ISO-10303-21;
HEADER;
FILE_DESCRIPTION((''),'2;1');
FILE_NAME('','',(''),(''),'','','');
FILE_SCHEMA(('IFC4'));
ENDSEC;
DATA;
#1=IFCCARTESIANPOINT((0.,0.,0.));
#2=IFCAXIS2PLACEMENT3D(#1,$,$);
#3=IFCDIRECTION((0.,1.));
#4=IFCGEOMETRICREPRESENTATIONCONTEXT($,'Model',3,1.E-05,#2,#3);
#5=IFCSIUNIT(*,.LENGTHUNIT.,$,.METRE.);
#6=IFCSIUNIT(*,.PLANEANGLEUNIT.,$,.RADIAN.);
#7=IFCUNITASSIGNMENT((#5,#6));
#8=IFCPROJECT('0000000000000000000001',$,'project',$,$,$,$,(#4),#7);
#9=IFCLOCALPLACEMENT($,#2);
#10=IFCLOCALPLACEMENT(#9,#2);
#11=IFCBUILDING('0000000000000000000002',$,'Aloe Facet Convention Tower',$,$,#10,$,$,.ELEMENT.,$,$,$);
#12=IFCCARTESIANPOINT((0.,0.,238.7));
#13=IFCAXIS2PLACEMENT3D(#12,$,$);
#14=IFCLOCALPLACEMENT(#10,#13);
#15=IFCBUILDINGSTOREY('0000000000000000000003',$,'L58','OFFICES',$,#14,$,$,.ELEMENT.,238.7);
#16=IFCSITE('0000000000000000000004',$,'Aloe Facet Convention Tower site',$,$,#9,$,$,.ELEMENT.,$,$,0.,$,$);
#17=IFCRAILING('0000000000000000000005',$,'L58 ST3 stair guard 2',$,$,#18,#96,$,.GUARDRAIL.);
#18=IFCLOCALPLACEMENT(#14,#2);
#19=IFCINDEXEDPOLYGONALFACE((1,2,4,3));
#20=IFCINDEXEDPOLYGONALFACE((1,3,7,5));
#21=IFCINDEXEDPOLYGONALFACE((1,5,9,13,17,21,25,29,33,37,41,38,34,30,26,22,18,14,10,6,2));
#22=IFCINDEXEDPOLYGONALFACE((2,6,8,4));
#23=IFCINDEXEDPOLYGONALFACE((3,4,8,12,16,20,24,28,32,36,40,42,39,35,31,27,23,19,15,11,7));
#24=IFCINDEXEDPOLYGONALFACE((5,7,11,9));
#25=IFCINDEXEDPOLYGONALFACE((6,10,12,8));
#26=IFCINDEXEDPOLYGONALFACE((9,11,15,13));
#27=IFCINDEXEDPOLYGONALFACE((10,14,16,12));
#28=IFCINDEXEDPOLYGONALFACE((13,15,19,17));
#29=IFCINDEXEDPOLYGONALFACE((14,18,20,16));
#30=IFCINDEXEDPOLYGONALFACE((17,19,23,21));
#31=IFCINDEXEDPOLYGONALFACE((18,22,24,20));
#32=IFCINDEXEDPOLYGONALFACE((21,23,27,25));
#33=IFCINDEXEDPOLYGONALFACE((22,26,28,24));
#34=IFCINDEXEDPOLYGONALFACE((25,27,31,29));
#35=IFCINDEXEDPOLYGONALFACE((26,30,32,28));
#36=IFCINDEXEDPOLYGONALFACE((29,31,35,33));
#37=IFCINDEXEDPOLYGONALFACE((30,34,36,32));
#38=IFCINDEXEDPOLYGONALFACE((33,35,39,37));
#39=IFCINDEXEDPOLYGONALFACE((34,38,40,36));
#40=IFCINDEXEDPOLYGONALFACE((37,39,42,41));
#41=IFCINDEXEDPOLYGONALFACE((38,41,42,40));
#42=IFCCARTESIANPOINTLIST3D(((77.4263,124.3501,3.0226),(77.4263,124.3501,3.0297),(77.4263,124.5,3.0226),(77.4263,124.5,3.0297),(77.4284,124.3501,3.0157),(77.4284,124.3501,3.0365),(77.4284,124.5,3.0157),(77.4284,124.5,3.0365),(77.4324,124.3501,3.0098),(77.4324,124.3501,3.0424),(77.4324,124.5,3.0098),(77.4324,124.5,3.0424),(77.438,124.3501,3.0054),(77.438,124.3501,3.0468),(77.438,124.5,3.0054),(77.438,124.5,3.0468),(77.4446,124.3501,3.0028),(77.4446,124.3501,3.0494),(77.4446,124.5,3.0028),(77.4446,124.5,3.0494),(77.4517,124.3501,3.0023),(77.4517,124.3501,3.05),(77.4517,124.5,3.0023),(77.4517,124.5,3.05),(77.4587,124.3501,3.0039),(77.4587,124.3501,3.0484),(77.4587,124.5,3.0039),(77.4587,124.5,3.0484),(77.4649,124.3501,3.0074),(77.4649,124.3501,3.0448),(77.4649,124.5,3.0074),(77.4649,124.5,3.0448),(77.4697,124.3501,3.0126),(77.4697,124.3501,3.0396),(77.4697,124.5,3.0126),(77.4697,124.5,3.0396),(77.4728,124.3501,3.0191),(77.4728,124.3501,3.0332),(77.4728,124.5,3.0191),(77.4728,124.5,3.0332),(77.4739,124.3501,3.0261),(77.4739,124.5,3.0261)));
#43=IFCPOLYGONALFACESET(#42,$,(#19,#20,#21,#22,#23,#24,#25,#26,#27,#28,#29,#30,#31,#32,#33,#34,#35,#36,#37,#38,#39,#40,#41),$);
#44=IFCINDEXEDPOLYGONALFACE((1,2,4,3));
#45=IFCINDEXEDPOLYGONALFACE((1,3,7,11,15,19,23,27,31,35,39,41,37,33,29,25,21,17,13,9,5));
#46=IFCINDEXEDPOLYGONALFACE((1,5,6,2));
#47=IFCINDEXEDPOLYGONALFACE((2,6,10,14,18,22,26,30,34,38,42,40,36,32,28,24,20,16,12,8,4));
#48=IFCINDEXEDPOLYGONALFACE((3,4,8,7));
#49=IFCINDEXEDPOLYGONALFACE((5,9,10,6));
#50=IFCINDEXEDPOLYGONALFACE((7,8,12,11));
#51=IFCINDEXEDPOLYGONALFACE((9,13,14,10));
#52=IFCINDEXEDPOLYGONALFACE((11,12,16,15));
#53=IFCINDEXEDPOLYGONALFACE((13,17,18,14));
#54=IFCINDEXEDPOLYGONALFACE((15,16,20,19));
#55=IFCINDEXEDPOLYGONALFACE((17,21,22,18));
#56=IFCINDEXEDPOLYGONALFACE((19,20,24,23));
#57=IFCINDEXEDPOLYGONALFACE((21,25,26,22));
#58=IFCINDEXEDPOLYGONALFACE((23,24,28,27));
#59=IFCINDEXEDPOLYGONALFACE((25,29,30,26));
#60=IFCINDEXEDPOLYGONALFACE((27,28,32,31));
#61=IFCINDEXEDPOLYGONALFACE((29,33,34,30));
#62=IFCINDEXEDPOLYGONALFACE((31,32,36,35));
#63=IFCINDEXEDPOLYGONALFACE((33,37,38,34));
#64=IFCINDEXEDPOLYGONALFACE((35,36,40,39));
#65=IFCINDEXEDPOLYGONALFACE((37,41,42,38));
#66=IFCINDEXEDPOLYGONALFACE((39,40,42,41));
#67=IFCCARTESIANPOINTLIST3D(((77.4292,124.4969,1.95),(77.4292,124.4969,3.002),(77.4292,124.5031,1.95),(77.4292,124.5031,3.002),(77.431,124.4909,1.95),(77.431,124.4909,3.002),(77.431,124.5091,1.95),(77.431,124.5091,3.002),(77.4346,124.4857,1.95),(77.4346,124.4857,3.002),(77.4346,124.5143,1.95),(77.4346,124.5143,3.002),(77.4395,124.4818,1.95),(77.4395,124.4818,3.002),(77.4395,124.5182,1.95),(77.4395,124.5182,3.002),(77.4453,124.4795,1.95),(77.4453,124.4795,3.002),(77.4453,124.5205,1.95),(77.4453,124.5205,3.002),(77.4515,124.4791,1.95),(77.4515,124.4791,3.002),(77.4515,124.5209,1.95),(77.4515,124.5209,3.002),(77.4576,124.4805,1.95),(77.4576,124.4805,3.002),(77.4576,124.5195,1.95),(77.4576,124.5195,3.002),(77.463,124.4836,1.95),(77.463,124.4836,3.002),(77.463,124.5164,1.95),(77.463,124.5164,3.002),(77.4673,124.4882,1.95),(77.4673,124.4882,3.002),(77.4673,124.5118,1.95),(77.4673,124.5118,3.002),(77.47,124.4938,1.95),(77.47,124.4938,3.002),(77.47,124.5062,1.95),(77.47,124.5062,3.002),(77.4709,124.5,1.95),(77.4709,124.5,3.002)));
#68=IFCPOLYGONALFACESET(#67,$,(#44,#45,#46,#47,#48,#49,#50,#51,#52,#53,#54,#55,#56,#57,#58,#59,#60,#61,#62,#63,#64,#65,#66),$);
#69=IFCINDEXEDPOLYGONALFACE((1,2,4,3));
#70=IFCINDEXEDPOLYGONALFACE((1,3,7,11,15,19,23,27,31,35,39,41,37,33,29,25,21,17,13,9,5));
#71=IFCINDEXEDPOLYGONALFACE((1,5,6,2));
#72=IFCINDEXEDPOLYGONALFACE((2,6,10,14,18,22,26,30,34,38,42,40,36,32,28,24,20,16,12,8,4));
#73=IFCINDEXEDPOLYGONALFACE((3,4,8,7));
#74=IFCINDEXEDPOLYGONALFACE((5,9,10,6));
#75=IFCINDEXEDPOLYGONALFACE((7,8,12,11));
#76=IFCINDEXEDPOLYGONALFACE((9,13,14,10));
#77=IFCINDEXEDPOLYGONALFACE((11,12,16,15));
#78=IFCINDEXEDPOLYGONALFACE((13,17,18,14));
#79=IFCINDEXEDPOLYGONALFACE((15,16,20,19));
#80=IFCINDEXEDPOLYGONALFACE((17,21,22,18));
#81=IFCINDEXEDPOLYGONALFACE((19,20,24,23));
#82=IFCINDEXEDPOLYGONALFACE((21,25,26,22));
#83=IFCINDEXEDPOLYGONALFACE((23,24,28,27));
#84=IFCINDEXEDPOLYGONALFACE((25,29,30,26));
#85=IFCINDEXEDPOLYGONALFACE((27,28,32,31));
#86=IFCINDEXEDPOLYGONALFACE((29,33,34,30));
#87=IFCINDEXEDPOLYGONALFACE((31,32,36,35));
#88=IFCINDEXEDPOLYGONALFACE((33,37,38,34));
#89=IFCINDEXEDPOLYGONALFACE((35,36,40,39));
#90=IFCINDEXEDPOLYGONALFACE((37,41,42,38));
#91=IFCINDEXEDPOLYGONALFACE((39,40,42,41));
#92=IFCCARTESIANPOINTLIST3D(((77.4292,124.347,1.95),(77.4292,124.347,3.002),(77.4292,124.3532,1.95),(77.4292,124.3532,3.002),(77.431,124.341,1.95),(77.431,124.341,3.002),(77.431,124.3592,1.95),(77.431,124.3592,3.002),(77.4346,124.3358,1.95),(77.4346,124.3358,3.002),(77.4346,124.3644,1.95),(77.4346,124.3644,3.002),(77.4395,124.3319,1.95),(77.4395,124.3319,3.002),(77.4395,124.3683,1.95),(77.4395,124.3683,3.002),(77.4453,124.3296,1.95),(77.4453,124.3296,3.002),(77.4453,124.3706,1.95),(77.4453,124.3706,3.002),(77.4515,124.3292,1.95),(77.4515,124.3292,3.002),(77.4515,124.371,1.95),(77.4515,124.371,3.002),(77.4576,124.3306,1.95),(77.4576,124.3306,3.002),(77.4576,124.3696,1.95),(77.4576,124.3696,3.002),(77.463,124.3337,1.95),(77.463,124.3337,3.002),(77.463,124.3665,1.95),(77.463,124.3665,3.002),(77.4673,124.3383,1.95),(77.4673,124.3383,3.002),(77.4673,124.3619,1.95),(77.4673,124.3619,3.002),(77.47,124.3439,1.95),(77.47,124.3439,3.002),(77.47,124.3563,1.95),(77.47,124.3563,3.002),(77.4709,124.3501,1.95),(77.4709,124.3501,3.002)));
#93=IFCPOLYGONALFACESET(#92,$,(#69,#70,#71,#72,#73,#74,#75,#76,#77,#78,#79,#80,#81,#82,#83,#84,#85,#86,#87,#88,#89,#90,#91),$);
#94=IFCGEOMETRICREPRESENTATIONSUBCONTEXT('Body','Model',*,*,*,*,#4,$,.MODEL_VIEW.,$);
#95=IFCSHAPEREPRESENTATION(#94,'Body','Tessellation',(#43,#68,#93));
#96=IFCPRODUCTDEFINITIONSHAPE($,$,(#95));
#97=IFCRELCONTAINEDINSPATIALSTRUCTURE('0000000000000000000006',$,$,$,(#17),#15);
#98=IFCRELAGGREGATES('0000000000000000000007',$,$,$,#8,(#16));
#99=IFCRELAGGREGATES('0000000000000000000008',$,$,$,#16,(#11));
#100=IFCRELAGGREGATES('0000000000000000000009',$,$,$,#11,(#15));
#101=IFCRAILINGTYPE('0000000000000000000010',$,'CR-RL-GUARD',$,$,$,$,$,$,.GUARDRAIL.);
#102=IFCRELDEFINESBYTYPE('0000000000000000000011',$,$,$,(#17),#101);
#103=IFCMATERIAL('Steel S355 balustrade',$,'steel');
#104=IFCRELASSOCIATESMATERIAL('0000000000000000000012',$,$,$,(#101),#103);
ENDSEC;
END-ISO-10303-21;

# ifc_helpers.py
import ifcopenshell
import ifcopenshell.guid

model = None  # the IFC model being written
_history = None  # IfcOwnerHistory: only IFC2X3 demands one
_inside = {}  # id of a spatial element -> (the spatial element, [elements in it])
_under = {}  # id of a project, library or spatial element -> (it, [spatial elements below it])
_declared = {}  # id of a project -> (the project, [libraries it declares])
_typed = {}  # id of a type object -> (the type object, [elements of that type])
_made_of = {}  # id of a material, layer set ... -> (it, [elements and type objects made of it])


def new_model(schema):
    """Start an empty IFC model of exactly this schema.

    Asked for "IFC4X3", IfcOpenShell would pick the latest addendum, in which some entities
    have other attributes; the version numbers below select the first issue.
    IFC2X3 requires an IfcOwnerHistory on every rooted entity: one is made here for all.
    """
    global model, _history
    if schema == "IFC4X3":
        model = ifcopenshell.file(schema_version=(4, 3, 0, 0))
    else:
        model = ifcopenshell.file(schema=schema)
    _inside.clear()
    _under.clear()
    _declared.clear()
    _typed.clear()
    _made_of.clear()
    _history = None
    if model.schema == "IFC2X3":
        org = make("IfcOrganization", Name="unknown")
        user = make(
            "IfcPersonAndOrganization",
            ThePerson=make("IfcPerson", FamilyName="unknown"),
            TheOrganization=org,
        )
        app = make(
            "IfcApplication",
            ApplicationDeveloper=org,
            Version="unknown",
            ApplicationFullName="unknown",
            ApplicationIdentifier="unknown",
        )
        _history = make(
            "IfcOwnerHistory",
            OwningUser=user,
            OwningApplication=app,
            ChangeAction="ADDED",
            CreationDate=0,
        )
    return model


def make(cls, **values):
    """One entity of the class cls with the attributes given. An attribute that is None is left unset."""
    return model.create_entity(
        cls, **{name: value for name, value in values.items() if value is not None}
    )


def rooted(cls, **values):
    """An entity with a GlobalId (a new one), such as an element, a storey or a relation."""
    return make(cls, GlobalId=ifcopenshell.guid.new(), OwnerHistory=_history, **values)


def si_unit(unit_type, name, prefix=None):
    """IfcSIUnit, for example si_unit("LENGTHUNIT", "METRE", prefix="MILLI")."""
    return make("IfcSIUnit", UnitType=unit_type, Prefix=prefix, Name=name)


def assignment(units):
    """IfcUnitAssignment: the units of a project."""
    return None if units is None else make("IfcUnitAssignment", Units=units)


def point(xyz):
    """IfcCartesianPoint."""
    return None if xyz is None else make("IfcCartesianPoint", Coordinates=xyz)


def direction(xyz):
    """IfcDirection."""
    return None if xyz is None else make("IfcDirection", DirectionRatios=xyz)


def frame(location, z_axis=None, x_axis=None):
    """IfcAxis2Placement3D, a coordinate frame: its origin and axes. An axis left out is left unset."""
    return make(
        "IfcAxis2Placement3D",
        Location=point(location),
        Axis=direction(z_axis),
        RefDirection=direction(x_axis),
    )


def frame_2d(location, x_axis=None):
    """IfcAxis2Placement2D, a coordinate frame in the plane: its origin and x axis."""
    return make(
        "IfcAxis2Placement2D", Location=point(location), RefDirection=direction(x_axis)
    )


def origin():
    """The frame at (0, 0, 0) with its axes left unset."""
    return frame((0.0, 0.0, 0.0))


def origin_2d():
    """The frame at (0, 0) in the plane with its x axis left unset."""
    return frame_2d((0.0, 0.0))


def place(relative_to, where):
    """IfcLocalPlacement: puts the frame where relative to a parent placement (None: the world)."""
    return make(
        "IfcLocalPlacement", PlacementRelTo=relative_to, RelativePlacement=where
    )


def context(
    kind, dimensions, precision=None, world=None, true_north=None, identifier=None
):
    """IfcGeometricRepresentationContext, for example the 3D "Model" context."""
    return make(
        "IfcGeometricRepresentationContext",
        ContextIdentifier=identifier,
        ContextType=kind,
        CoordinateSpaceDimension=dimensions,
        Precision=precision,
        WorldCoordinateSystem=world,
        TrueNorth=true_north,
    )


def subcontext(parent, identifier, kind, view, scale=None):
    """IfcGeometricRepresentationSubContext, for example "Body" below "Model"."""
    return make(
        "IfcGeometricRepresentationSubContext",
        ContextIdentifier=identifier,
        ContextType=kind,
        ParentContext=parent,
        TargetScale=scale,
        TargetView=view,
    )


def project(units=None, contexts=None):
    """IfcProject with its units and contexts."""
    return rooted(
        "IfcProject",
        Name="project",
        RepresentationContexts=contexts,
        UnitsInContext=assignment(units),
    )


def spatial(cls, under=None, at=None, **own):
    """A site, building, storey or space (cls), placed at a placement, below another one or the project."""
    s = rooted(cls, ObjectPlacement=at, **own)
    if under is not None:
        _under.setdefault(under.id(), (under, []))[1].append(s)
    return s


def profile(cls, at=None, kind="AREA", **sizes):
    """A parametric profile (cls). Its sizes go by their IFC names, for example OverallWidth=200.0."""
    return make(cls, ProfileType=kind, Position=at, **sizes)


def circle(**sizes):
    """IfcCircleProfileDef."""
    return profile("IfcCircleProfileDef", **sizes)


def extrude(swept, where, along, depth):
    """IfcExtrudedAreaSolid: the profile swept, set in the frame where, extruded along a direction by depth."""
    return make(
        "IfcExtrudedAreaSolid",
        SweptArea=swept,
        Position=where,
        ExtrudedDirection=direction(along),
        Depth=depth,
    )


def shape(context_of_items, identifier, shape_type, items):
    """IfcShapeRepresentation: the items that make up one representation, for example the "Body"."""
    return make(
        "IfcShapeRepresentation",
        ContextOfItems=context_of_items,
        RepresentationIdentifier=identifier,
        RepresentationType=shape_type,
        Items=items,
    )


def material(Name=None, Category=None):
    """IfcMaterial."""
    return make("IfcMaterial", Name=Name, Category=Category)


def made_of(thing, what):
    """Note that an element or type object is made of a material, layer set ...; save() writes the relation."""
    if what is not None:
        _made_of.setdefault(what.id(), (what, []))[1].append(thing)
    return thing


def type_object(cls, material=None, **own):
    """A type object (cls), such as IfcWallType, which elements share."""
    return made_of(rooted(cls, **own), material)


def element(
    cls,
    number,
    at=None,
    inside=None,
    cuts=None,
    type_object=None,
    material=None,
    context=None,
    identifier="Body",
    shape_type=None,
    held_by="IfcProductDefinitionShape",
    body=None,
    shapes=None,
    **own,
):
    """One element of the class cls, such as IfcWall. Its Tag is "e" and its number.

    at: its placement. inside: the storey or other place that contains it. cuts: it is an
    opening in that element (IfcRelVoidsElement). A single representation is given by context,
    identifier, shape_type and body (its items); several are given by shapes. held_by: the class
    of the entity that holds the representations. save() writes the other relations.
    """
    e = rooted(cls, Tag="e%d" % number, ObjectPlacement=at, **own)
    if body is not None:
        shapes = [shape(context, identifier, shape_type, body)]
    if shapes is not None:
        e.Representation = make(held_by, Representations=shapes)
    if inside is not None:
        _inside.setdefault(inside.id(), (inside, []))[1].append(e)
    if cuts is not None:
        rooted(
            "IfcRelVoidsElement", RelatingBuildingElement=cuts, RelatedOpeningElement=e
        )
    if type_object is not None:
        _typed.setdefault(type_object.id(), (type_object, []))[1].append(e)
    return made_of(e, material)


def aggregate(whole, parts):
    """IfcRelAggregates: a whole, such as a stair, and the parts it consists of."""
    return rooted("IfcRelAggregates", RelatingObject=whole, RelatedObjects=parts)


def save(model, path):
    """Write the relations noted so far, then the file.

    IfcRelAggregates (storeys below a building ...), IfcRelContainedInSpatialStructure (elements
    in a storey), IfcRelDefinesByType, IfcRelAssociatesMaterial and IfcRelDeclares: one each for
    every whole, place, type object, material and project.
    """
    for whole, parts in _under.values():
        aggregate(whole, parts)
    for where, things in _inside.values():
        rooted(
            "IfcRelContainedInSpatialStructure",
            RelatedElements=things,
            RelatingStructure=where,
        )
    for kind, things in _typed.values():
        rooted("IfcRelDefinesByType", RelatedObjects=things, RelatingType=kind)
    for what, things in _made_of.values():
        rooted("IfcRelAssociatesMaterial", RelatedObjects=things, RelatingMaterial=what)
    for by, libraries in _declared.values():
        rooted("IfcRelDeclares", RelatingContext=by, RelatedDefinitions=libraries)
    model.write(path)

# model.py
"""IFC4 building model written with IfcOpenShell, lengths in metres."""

from ifc_helpers import new_model, si_unit, direction, frame, origin, origin_2d, place, context, subcontext, project, spatial, circle, extrude, material, type_object, element, save


model = new_model("IFC4")

# Units and contexts
model_context = context("Model", 3, precision=1e-05, world=origin(), true_north=direction((0.0, 1.0)))
body_context = subcontext(model_context, "Body", "Model", "MODEL_VIEW")
ifc_project = project(units=[si_unit("LENGTHUNIT", "METRE"), si_unit("PLANEANGLEUNIT", "RADIAN")], contexts=[model_context])

# Site, building, storey
site_placement = place(None, origin())
site = spatial("IfcSite", under=ifc_project, at=site_placement, Name="Aloe Facet Convention Tower site", CompositionType="ELEMENT", RefElevation=0.0)
building_placement = place(site_placement, origin())
building = spatial("IfcBuilding", under=site, at=building_placement, Name="Aloe Facet Convention Tower", CompositionType="ELEMENT")
storey_placement = place(building_placement, frame((0.0, 0.0, 238.7)))
storey = spatial("IfcBuildingStorey", under=building, at=storey_placement, Name="L58", Description="OFFICES", CompositionType="ELEMENT", Elevation=238.7)

# Railing
ifc_material_1 = material(Name="Steel S355 balustrade", Category="steel")
railing_type_1 = type_object("IfcRailingType", Name="CR-RL-GUARD", PredefinedType="GUARDRAIL", material=ifc_material_1)
railing_1_placement = place(storey_placement, frame((77.45, 124.5, 1.95)))
element("IfcRailing", 1, at=railing_1_placement, inside=storey, type_object=railing_type_1, Name="L58 ST3 stair guard 2", PredefinedType="GUARDRAIL", context=body_context, shape_type="SweptSolid", body=[
    extrude(circle(Radius=0.0239, at=origin_2d()), frame((0.0, 0.0, 1.0762), z_axis=(0.0, -1.0, 0.0), x_axis=(1.0, 0.0, 0.0)), (0.0, 0.0, 1.0), 0.1499),
    extrude(circle(Radius=0.021, at=origin_2d()), origin(), (0.0, 0.0, 1.0), 1.052),
    extrude(circle(Radius=0.021, at=origin_2d()), frame((0.0, -0.1499, 0.0)), (0.0, 0.0, 1.0), 1.052),
])

save(model, "model.ifc")
